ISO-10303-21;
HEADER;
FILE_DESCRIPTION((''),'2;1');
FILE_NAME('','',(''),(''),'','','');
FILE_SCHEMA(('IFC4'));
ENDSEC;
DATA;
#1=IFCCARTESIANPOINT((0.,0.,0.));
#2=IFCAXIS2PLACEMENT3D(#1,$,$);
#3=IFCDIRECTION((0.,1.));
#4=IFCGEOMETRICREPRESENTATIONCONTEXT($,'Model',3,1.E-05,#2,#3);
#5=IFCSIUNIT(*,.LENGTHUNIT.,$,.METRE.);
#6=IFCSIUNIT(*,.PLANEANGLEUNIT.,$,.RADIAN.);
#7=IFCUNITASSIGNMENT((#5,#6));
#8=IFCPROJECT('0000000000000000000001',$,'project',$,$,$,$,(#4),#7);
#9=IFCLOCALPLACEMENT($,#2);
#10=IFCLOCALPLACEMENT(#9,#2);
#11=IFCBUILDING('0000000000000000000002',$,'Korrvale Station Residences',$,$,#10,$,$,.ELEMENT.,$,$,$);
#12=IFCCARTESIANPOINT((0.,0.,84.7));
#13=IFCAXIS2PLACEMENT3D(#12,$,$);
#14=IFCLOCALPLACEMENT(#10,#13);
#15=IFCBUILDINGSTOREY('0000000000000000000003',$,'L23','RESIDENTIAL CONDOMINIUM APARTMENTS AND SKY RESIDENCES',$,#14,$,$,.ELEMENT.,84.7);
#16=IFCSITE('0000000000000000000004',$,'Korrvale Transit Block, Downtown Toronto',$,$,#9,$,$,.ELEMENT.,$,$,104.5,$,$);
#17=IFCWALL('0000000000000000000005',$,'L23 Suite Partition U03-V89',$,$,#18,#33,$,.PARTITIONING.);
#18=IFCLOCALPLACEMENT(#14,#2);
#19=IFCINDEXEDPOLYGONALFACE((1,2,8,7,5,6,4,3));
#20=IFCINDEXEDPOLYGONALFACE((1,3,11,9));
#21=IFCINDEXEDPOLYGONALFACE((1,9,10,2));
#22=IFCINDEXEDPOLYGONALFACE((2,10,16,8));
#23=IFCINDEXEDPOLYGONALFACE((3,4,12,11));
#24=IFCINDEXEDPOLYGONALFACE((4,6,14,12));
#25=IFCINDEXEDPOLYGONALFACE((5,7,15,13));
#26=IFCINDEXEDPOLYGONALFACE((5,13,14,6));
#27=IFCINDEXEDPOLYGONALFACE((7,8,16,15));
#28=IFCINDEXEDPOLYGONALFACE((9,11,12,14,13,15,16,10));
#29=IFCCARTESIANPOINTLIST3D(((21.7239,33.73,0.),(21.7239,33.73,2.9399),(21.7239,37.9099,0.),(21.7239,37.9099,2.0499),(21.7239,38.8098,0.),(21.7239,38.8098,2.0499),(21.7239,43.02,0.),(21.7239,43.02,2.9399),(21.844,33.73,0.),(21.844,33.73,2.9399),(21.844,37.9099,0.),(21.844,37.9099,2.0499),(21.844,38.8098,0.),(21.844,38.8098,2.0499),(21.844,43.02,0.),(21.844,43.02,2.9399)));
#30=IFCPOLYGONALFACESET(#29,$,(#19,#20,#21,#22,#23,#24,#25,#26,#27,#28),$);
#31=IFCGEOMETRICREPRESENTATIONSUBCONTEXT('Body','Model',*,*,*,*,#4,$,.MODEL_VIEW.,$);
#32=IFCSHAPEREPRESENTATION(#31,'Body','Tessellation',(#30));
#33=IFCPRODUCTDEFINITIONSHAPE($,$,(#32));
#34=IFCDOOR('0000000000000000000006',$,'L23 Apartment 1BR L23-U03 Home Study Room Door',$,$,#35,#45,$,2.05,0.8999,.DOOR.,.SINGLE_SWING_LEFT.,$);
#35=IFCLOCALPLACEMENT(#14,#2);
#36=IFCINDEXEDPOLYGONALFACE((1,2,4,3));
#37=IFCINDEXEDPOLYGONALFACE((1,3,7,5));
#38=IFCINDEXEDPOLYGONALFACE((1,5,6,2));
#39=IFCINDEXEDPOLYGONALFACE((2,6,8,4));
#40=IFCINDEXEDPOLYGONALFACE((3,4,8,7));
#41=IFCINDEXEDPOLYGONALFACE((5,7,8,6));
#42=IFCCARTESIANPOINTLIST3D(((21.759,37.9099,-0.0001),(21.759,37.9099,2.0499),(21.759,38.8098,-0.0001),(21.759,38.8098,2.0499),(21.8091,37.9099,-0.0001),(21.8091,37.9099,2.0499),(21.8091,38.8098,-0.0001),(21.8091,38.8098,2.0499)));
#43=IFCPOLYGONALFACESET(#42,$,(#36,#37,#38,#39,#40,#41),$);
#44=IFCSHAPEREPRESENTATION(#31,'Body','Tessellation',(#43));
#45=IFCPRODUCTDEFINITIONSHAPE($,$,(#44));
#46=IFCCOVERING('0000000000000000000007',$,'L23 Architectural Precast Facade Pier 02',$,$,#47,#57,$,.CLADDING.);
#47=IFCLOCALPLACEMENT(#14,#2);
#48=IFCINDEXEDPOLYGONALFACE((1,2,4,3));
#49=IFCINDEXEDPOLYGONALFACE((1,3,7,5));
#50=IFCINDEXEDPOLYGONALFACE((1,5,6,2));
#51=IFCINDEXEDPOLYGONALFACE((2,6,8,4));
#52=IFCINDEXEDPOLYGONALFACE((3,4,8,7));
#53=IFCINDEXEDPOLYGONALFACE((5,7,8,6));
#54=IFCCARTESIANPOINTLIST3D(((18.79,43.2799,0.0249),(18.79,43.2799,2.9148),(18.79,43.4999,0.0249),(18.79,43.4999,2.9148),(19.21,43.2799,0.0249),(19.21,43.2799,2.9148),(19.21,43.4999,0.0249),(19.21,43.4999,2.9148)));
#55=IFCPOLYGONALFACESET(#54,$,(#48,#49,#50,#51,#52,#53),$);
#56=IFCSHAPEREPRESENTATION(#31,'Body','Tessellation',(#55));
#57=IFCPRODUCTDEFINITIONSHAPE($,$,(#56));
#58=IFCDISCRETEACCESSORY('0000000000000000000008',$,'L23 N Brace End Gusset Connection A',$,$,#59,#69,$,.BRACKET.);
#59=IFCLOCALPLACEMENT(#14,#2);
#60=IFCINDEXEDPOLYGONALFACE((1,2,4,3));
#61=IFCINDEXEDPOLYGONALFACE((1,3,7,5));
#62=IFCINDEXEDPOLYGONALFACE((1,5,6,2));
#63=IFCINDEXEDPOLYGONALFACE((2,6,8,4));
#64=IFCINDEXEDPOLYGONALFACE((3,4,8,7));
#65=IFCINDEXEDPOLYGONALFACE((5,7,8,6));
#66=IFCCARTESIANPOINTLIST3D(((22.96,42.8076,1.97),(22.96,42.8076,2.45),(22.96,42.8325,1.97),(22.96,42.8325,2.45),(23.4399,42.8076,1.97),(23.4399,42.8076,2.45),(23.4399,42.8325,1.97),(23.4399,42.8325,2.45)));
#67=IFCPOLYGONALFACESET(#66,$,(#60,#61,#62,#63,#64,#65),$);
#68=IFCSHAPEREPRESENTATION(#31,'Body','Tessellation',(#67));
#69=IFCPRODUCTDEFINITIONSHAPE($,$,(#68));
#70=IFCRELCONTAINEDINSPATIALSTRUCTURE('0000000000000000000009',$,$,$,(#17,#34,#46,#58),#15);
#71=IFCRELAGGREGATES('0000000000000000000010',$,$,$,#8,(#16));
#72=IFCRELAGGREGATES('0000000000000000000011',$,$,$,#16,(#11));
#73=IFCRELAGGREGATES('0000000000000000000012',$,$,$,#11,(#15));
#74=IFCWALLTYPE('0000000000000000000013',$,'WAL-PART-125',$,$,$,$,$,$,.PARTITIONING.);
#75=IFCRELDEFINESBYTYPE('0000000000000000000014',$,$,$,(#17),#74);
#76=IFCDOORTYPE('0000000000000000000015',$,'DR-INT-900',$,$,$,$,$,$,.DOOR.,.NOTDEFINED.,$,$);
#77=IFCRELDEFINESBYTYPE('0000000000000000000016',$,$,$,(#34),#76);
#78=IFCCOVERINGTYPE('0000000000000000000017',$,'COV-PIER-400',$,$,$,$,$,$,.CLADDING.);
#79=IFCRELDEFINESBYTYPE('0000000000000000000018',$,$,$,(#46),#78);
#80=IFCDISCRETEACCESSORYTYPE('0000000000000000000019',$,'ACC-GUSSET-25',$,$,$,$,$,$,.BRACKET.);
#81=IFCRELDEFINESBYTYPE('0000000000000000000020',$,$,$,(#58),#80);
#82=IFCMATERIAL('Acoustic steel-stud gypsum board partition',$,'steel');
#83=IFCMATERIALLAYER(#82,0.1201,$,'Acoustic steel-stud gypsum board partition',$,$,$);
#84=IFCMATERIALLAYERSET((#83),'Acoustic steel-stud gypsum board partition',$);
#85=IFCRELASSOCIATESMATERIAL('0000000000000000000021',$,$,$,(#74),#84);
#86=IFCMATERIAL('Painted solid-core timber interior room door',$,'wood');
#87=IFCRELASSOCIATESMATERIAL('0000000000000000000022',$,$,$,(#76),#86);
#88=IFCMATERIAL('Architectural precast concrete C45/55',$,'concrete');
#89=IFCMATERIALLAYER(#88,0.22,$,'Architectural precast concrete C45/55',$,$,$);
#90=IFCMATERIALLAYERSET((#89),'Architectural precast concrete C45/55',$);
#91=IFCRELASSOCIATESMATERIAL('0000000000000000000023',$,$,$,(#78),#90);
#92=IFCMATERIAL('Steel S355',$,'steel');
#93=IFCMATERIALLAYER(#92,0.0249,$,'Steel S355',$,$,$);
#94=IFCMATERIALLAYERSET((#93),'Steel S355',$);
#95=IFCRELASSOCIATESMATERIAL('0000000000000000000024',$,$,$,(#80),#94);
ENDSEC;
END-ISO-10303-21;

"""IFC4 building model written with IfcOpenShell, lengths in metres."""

from ifc_helpers import new_model, si_unit, direction, frame, frame_2d, origin, origin_2d, place, context, subcontext, project, spatial, rectangle, extrude, material, layer, layer_set, type_object, element, fill, save


model = new_model("IFC4")

# Units and contexts
model_context = context("Model", 3, precision=1e-05, world=origin(), true_north=direction((0.0, 1.0)))
body_context = subcontext(model_context, "Body", "Model", "MODEL_VIEW")
ifc_project = project(units=[si_unit("LENGTHUNIT", "METRE"), si_unit("PLANEANGLEUNIT", "RADIAN")], contexts=[model_context])

# Site, building, storey
site_placement = place(None, origin())
site = spatial("IfcSite", under=ifc_project, at=site_placement, Name="Korrvale Transit Block, Downtown Toronto", CompositionType="ELEMENT", RefElevation=104.5)
building_placement = place(site_placement, origin())
building = spatial("IfcBuilding", under=site, at=building_placement, Name="Korrvale Station Residences", CompositionType="ELEMENT")
storey_placement = place(building_placement, frame((0.0, 0.0, 84.7)))
storey = spatial("IfcBuildingStorey", under=building, at=storey_placement, Name="L23", Description="RESIDENTIAL CONDOMINIUM APARTMENTS AND SKY RESIDENCES", CompositionType="ELEMENT", Elevation=84.7)

# Shared definitions
ifc_material_1 = material(Name="Steel S355", Category="steel")

# Wall, opening, door
ifc_material_2 = material(Name="Acoustic steel-stud gypsum board partition", Category="steel")
ifc_layer_1 = layer(ifc_material_2, 0.1201, Name="Acoustic steel-stud gypsum board partition")
ifc_layer_set_1 = layer_set([ifc_layer_1], Name="Acoustic steel-stud gypsum board partition")
wall_type = type_object("IfcWallType", Name="WAL-PART-125", PredefinedType="PARTITIONING", material=ifc_layer_set_1)
ifc_material_3 = material(Name="Painted solid-core timber interior room door", Category="wood")
door_type = type_object("IfcDoorType", Name="DR-INT-900", OperationType="NOTDEFINED", PredefinedType="DOOR", material=ifc_material_3)
wall_1_placement = place(storey_placement, frame((21.7839, 33.73, 0.0), z_axis=(0.0, 0.0, 1.0), x_axis=(0.0, 1.0, 0.0)))
wall_1 = element("IfcWall", 1, at=wall_1_placement, inside=storey, type_object=wall_type, Name="L23 Suite Partition U03-V89", PredefinedType="PARTITIONING", context=body_context, shape_type="SweptSolid", body=[
    extrude(rectangle(XDim=9.29, YDim=0.1201, at=frame_2d((4.645, 0.0))), origin(), (0.0, 0.0, 1.0), 2.9399),
])
opening_1_placement = place(wall_1_placement, frame((4.1799, 0.0, 0.0)))
opening_1 = element("IfcOpeningElement", 2, at=opening_1_placement, cuts=wall_1, PredefinedType="OPENING", context=body_context, shape_type="SweptSolid", body=[
    extrude(rectangle(XDim=0.8999, YDim=2.05, at=frame_2d((0.45, 1.0249))), frame((0.0, 0.0701, 0.0), z_axis=(0.0, -1.0, 0.0), x_axis=(1.0, 0.0, 0.0)), (0.0, 0.0, 1.0), 0.1401),
])
door_1_placement = place(opening_1_placement, origin())
door_1 = element("IfcDoor", 3, at=door_1_placement, inside=storey, type_object=door_type, Name="L23 Apartment 1BR L23-U03 Home Study Room Door", OperationType="SINGLE_SWING_LEFT", OverallHeight=2.05, OverallWidth=0.8999, PredefinedType="DOOR", context=body_context, shape_type="SweptSolid", body=[
    extrude(rectangle(XDim=0.8999, YDim=2.05, at=frame_2d((0.45, 1.0249))), frame((0.0, 0.0249, 0.0), z_axis=(0.0, -1.0, 0.0), x_axis=(1.0, 0.0, 0.0)), (0.0, 0.0, 1.0), 0.05),
])
fill(opening_1, door_1)

# Covering
ifc_material_4 = material(Name="Architectural precast concrete C45/55", Category="concrete")
ifc_layer_2 = layer(ifc_material_4, 0.22, Name="Architectural precast concrete C45/55")
ifc_layer_set_2 = layer_set([ifc_layer_2], Name="Architectural precast concrete C45/55")
covering_type = type_object("IfcCoveringType", Name="COV-PIER-400", PredefinedType="CLADDING", material=ifc_layer_set_2)
covering_placement = place(storey_placement, frame((19.0, 43.3899, 0.0249), z_axis=(0.0, 0.0, 1.0), x_axis=(1.0, 0.0, 0.0)))
element("IfcCovering", 4, at=covering_placement, inside=storey, type_object=covering_type, Name="L23 Architectural Precast Facade Pier 02", PredefinedType="CLADDING", context=body_context, shape_type="SweptSolid", body=[
    extrude(rectangle(XDim=0.4199, YDim=0.22, at=origin_2d()), origin(), (0.0, 0.0, 1.0), 2.8899),
])

# Discrete accessory
ifc_layer_3 = layer(ifc_material_1, 0.0249, Name="Steel S355")
ifc_layer_set_3 = layer_set([ifc_layer_3], Name="Steel S355")
discrete_accessory_type = type_object("IfcDiscreteAccessoryType", Name="ACC-GUSSET-25", PredefinedType="BRACKET", material=ifc_layer_set_3)
discrete_accessory_placement = place(storey_placement, frame((23.2, 42.8201, 1.97), z_axis=(0.0, 0.0, 1.0), x_axis=(1.0, 0.0, 0.0)))
element("IfcDiscreteAccessory", 5, at=discrete_accessory_placement, inside=storey, type_object=discrete_accessory_type, Name="L23 N Brace End Gusset Connection A", PredefinedType="BRACKET", context=body_context, shape_type="SweptSolid", body=[
    extrude(rectangle(XDim=0.48, YDim=0.0249, at=origin_2d()), origin(), (0.0, 0.0, 1.0), 0.48),
])

save(model, "model.ifc")
